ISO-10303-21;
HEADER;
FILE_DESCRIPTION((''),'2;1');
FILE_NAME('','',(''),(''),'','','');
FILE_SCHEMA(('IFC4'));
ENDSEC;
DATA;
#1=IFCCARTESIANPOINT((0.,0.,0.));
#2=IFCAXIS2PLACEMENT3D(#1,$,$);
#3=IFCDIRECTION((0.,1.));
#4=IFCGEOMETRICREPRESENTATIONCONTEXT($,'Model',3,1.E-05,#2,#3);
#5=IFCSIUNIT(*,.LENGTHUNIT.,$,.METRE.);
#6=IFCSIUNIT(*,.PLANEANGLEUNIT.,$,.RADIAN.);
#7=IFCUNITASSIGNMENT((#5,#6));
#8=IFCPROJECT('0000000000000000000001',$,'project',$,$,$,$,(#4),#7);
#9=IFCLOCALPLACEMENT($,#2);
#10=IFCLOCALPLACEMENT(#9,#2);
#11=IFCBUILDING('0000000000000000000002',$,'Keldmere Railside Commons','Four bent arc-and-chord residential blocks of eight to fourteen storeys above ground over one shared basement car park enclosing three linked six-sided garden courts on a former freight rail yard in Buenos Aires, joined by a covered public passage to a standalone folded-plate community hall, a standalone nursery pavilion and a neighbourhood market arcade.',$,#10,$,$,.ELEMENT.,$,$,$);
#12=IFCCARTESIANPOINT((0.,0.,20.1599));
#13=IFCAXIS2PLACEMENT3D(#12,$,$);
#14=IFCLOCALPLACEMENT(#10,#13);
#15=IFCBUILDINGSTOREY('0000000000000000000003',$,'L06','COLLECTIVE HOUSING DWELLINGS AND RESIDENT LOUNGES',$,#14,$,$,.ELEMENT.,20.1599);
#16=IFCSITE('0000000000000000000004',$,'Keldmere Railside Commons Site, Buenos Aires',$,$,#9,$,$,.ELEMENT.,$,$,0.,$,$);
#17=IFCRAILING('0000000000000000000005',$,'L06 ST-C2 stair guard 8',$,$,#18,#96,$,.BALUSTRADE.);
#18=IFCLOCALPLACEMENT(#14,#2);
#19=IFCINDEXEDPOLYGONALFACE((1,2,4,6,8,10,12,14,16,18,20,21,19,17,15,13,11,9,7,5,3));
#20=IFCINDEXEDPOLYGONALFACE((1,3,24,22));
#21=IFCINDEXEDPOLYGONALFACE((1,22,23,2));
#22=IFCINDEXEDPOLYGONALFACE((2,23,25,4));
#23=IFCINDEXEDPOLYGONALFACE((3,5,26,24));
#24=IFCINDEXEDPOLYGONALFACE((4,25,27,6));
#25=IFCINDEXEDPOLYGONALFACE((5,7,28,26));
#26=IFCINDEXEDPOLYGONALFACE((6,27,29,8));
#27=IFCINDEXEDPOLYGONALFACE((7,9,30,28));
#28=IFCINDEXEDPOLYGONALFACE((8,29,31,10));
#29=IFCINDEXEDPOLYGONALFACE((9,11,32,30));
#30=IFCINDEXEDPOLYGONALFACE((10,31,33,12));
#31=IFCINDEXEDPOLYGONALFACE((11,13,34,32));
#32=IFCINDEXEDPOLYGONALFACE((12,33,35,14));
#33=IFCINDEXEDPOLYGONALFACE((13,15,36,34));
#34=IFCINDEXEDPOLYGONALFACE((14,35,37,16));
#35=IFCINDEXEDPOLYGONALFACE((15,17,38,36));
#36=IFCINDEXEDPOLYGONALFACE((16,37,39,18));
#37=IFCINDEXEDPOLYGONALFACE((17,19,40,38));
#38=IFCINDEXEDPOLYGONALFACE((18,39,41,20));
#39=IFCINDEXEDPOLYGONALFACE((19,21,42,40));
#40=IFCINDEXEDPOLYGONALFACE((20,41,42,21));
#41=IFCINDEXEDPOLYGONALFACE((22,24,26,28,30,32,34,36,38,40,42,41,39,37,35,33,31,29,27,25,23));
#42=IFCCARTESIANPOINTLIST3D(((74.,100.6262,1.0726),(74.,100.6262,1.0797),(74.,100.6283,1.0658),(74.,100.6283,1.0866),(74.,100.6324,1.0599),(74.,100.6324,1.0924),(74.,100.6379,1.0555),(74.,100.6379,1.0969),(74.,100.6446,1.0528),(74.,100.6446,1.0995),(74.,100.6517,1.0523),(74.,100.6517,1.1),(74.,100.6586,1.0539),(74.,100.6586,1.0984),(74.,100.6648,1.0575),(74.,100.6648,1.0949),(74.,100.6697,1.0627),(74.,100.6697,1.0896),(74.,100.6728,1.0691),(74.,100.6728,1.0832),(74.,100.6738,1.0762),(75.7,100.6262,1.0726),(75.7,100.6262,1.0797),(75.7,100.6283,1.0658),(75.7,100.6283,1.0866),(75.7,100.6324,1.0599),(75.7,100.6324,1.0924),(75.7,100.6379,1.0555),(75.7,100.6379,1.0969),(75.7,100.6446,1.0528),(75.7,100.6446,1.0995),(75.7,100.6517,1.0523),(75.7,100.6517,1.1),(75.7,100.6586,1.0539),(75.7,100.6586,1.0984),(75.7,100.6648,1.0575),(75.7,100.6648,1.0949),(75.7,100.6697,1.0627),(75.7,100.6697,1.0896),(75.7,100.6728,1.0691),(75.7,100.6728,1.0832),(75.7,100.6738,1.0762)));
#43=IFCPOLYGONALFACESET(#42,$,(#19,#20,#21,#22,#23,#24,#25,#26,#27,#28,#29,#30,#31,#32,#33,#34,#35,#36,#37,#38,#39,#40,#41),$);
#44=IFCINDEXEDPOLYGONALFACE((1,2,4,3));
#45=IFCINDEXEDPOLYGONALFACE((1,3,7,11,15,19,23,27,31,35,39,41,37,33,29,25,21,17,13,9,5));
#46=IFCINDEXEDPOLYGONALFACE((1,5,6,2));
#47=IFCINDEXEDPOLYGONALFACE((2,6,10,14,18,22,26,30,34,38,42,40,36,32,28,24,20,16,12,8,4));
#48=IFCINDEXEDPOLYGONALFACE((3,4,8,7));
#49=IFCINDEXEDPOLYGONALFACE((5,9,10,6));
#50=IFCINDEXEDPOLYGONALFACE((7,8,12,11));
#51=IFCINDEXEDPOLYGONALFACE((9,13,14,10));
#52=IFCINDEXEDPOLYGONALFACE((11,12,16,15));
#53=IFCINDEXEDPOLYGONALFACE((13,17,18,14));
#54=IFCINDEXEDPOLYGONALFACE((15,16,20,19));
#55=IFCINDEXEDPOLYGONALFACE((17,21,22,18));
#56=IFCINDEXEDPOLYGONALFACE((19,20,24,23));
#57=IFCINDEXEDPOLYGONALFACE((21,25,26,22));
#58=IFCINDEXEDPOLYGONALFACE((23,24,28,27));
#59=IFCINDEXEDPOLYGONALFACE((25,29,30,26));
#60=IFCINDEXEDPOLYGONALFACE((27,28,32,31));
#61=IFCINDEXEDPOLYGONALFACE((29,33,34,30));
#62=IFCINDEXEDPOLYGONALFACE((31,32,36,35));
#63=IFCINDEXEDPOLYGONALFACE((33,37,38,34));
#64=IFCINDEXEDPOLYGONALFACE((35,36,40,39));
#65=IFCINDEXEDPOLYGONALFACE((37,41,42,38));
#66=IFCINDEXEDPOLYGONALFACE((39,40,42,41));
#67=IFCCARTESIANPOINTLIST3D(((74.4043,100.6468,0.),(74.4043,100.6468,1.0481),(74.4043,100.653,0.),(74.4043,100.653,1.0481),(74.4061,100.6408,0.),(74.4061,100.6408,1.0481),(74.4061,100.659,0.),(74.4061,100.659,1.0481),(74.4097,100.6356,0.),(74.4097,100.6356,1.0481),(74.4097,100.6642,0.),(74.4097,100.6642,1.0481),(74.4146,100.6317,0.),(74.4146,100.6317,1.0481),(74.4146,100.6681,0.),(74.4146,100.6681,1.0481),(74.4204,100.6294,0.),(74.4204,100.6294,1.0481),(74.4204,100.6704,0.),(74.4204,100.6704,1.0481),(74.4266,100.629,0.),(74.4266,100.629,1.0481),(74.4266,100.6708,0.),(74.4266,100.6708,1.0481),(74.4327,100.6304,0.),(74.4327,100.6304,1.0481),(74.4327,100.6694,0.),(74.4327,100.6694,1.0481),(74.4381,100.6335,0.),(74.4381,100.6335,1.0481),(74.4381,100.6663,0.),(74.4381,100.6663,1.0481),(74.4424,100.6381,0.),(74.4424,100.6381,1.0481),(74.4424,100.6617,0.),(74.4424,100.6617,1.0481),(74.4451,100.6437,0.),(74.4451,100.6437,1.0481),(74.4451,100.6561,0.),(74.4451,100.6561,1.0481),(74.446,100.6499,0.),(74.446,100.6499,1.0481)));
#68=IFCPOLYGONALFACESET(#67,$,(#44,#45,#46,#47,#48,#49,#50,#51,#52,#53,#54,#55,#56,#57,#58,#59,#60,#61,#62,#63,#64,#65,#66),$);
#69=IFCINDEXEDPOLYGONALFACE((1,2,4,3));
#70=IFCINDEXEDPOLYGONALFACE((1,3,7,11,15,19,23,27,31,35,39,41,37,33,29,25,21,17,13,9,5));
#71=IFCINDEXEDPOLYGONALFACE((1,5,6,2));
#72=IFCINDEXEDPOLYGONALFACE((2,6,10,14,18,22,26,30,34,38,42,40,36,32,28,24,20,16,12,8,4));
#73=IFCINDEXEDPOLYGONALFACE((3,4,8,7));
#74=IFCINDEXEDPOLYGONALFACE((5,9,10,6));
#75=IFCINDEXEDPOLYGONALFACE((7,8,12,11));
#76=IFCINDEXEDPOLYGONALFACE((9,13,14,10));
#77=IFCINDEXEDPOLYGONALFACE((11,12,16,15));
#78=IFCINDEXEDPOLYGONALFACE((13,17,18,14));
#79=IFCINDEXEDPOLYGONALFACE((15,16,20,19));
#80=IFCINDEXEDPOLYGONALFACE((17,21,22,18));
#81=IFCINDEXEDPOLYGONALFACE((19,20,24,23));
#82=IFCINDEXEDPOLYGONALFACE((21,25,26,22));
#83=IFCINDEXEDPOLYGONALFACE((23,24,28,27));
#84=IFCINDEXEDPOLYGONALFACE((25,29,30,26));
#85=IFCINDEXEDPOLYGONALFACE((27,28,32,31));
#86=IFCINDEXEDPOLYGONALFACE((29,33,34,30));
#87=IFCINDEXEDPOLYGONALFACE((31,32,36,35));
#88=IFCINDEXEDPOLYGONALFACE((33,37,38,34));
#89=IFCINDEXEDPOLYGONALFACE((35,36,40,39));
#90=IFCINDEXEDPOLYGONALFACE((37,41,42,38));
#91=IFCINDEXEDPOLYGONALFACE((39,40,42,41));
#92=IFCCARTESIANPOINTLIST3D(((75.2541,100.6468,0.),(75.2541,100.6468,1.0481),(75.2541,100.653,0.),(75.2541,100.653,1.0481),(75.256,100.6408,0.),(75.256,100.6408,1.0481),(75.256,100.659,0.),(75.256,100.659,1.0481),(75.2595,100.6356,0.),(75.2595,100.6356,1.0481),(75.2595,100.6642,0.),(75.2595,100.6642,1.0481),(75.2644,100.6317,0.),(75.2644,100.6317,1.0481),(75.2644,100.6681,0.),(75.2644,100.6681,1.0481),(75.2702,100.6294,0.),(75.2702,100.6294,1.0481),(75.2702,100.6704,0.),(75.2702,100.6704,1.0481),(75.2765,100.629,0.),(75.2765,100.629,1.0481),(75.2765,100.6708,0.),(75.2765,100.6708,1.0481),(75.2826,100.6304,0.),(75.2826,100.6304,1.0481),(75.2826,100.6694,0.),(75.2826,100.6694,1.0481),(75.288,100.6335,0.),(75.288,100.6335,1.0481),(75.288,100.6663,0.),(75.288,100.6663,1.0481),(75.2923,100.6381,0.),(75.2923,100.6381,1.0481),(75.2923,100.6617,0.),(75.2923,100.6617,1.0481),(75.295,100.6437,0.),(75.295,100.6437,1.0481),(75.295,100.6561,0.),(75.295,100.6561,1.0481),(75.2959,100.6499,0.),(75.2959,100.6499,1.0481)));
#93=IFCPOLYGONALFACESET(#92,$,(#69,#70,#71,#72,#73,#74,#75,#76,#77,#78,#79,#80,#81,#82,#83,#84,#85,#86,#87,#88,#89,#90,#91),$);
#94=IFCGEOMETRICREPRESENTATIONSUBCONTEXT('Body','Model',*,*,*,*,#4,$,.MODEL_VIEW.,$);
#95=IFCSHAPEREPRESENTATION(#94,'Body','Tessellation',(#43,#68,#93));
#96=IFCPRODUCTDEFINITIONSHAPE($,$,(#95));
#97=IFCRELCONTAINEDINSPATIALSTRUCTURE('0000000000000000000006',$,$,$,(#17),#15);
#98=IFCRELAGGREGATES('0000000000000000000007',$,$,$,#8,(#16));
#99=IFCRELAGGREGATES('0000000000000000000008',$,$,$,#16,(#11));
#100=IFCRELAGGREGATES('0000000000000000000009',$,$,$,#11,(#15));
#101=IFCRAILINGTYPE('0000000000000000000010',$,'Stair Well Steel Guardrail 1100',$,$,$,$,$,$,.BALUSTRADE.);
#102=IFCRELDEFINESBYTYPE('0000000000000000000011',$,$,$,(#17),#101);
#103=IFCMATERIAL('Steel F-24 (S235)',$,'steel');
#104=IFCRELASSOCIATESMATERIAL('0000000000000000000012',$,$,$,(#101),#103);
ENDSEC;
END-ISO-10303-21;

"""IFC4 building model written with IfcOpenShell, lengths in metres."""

from ifc_helpers import new_model, si_unit, direction, frame, origin, origin_2d, place, context, subcontext, project, spatial, circle, extrude, material, type_object, element, save


model = new_model("IFC4")

# Units and contexts
model_context = context("Model", 3, precision=1e-05, world=origin(), true_north=direction((0.0, 1.0)))
body_context = subcontext(model_context, "Body", "Model", "MODEL_VIEW")
ifc_project = project(units=[si_unit("LENGTHUNIT", "METRE"), si_unit("PLANEANGLEUNIT", "RADIAN")], contexts=[model_context])

# Site, building, storey
site_placement = place(None, origin())
site = spatial("IfcSite", under=ifc_project, at=site_placement, Name="Keldmere Railside Commons Site, Buenos Aires", CompositionType="ELEMENT", RefElevation=0.0)
building_placement = place(site_placement, origin())
building = spatial("IfcBuilding", under=site, at=building_placement, Name="Keldmere Railside Commons", Description="Four bent arc-and-chord residential blocks of eight to fourteen storeys above ground over one shared basement car park enclosing three linked six-sided garden courts on a former freight rail yard in Buenos Aires, joined by a covered public passage to a standalone folded-plate community hall, a standalone nursery pavilion and a neighbourhood market arcade.", CompositionType="ELEMENT")
storey_placement = place(building_placement, frame((0.0, 0.0, 20.1599)))
storey = spatial("IfcBuildingStorey", under=building, at=storey_placement, Name="L06", Description="COLLECTIVE HOUSING DWELLINGS AND RESIDENT LOUNGES", CompositionType="ELEMENT", Elevation=20.1599)

# Railing
ifc_material_1 = material(Name="Steel F-24 (S235)", Category="steel")
railing_type_1 = type_object("IfcRailingType", Name="Stair Well Steel Guardrail 1100", PredefinedType="BALUSTRADE", material=ifc_material_1)
railing_1_placement = place(storey_placement, frame((74.0, 100.6499, 0.0)))
element("IfcRailing", 1, at=railing_1_placement, inside=storey, type_object=railing_type_1, Name="L06 ST-C2 stair guard 8", PredefinedType="BALUSTRADE", context=body_context, shape_type="SweptSolid", body=[
    extrude(circle(Radius=0.0239, at=origin_2d()), frame((0.0, 0.0, 1.0762), z_axis=(1.0, 0.0, 0.0), x_axis=(0.0, 1.0, 0.0)), (0.0, 0.0, 1.0), 1.7),
    extrude(circle(Radius=0.021, at=origin_2d()), frame((0.425, 0.0, 0.0)), (0.0, 0.0, 1.0), 1.0481),
    extrude(circle(Radius=0.021, at=origin_2d()), frame((1.2749, 0.0, 0.0)), (0.0, 0.0, 1.0), 1.0481),
])

save(model, "model.ifc")
